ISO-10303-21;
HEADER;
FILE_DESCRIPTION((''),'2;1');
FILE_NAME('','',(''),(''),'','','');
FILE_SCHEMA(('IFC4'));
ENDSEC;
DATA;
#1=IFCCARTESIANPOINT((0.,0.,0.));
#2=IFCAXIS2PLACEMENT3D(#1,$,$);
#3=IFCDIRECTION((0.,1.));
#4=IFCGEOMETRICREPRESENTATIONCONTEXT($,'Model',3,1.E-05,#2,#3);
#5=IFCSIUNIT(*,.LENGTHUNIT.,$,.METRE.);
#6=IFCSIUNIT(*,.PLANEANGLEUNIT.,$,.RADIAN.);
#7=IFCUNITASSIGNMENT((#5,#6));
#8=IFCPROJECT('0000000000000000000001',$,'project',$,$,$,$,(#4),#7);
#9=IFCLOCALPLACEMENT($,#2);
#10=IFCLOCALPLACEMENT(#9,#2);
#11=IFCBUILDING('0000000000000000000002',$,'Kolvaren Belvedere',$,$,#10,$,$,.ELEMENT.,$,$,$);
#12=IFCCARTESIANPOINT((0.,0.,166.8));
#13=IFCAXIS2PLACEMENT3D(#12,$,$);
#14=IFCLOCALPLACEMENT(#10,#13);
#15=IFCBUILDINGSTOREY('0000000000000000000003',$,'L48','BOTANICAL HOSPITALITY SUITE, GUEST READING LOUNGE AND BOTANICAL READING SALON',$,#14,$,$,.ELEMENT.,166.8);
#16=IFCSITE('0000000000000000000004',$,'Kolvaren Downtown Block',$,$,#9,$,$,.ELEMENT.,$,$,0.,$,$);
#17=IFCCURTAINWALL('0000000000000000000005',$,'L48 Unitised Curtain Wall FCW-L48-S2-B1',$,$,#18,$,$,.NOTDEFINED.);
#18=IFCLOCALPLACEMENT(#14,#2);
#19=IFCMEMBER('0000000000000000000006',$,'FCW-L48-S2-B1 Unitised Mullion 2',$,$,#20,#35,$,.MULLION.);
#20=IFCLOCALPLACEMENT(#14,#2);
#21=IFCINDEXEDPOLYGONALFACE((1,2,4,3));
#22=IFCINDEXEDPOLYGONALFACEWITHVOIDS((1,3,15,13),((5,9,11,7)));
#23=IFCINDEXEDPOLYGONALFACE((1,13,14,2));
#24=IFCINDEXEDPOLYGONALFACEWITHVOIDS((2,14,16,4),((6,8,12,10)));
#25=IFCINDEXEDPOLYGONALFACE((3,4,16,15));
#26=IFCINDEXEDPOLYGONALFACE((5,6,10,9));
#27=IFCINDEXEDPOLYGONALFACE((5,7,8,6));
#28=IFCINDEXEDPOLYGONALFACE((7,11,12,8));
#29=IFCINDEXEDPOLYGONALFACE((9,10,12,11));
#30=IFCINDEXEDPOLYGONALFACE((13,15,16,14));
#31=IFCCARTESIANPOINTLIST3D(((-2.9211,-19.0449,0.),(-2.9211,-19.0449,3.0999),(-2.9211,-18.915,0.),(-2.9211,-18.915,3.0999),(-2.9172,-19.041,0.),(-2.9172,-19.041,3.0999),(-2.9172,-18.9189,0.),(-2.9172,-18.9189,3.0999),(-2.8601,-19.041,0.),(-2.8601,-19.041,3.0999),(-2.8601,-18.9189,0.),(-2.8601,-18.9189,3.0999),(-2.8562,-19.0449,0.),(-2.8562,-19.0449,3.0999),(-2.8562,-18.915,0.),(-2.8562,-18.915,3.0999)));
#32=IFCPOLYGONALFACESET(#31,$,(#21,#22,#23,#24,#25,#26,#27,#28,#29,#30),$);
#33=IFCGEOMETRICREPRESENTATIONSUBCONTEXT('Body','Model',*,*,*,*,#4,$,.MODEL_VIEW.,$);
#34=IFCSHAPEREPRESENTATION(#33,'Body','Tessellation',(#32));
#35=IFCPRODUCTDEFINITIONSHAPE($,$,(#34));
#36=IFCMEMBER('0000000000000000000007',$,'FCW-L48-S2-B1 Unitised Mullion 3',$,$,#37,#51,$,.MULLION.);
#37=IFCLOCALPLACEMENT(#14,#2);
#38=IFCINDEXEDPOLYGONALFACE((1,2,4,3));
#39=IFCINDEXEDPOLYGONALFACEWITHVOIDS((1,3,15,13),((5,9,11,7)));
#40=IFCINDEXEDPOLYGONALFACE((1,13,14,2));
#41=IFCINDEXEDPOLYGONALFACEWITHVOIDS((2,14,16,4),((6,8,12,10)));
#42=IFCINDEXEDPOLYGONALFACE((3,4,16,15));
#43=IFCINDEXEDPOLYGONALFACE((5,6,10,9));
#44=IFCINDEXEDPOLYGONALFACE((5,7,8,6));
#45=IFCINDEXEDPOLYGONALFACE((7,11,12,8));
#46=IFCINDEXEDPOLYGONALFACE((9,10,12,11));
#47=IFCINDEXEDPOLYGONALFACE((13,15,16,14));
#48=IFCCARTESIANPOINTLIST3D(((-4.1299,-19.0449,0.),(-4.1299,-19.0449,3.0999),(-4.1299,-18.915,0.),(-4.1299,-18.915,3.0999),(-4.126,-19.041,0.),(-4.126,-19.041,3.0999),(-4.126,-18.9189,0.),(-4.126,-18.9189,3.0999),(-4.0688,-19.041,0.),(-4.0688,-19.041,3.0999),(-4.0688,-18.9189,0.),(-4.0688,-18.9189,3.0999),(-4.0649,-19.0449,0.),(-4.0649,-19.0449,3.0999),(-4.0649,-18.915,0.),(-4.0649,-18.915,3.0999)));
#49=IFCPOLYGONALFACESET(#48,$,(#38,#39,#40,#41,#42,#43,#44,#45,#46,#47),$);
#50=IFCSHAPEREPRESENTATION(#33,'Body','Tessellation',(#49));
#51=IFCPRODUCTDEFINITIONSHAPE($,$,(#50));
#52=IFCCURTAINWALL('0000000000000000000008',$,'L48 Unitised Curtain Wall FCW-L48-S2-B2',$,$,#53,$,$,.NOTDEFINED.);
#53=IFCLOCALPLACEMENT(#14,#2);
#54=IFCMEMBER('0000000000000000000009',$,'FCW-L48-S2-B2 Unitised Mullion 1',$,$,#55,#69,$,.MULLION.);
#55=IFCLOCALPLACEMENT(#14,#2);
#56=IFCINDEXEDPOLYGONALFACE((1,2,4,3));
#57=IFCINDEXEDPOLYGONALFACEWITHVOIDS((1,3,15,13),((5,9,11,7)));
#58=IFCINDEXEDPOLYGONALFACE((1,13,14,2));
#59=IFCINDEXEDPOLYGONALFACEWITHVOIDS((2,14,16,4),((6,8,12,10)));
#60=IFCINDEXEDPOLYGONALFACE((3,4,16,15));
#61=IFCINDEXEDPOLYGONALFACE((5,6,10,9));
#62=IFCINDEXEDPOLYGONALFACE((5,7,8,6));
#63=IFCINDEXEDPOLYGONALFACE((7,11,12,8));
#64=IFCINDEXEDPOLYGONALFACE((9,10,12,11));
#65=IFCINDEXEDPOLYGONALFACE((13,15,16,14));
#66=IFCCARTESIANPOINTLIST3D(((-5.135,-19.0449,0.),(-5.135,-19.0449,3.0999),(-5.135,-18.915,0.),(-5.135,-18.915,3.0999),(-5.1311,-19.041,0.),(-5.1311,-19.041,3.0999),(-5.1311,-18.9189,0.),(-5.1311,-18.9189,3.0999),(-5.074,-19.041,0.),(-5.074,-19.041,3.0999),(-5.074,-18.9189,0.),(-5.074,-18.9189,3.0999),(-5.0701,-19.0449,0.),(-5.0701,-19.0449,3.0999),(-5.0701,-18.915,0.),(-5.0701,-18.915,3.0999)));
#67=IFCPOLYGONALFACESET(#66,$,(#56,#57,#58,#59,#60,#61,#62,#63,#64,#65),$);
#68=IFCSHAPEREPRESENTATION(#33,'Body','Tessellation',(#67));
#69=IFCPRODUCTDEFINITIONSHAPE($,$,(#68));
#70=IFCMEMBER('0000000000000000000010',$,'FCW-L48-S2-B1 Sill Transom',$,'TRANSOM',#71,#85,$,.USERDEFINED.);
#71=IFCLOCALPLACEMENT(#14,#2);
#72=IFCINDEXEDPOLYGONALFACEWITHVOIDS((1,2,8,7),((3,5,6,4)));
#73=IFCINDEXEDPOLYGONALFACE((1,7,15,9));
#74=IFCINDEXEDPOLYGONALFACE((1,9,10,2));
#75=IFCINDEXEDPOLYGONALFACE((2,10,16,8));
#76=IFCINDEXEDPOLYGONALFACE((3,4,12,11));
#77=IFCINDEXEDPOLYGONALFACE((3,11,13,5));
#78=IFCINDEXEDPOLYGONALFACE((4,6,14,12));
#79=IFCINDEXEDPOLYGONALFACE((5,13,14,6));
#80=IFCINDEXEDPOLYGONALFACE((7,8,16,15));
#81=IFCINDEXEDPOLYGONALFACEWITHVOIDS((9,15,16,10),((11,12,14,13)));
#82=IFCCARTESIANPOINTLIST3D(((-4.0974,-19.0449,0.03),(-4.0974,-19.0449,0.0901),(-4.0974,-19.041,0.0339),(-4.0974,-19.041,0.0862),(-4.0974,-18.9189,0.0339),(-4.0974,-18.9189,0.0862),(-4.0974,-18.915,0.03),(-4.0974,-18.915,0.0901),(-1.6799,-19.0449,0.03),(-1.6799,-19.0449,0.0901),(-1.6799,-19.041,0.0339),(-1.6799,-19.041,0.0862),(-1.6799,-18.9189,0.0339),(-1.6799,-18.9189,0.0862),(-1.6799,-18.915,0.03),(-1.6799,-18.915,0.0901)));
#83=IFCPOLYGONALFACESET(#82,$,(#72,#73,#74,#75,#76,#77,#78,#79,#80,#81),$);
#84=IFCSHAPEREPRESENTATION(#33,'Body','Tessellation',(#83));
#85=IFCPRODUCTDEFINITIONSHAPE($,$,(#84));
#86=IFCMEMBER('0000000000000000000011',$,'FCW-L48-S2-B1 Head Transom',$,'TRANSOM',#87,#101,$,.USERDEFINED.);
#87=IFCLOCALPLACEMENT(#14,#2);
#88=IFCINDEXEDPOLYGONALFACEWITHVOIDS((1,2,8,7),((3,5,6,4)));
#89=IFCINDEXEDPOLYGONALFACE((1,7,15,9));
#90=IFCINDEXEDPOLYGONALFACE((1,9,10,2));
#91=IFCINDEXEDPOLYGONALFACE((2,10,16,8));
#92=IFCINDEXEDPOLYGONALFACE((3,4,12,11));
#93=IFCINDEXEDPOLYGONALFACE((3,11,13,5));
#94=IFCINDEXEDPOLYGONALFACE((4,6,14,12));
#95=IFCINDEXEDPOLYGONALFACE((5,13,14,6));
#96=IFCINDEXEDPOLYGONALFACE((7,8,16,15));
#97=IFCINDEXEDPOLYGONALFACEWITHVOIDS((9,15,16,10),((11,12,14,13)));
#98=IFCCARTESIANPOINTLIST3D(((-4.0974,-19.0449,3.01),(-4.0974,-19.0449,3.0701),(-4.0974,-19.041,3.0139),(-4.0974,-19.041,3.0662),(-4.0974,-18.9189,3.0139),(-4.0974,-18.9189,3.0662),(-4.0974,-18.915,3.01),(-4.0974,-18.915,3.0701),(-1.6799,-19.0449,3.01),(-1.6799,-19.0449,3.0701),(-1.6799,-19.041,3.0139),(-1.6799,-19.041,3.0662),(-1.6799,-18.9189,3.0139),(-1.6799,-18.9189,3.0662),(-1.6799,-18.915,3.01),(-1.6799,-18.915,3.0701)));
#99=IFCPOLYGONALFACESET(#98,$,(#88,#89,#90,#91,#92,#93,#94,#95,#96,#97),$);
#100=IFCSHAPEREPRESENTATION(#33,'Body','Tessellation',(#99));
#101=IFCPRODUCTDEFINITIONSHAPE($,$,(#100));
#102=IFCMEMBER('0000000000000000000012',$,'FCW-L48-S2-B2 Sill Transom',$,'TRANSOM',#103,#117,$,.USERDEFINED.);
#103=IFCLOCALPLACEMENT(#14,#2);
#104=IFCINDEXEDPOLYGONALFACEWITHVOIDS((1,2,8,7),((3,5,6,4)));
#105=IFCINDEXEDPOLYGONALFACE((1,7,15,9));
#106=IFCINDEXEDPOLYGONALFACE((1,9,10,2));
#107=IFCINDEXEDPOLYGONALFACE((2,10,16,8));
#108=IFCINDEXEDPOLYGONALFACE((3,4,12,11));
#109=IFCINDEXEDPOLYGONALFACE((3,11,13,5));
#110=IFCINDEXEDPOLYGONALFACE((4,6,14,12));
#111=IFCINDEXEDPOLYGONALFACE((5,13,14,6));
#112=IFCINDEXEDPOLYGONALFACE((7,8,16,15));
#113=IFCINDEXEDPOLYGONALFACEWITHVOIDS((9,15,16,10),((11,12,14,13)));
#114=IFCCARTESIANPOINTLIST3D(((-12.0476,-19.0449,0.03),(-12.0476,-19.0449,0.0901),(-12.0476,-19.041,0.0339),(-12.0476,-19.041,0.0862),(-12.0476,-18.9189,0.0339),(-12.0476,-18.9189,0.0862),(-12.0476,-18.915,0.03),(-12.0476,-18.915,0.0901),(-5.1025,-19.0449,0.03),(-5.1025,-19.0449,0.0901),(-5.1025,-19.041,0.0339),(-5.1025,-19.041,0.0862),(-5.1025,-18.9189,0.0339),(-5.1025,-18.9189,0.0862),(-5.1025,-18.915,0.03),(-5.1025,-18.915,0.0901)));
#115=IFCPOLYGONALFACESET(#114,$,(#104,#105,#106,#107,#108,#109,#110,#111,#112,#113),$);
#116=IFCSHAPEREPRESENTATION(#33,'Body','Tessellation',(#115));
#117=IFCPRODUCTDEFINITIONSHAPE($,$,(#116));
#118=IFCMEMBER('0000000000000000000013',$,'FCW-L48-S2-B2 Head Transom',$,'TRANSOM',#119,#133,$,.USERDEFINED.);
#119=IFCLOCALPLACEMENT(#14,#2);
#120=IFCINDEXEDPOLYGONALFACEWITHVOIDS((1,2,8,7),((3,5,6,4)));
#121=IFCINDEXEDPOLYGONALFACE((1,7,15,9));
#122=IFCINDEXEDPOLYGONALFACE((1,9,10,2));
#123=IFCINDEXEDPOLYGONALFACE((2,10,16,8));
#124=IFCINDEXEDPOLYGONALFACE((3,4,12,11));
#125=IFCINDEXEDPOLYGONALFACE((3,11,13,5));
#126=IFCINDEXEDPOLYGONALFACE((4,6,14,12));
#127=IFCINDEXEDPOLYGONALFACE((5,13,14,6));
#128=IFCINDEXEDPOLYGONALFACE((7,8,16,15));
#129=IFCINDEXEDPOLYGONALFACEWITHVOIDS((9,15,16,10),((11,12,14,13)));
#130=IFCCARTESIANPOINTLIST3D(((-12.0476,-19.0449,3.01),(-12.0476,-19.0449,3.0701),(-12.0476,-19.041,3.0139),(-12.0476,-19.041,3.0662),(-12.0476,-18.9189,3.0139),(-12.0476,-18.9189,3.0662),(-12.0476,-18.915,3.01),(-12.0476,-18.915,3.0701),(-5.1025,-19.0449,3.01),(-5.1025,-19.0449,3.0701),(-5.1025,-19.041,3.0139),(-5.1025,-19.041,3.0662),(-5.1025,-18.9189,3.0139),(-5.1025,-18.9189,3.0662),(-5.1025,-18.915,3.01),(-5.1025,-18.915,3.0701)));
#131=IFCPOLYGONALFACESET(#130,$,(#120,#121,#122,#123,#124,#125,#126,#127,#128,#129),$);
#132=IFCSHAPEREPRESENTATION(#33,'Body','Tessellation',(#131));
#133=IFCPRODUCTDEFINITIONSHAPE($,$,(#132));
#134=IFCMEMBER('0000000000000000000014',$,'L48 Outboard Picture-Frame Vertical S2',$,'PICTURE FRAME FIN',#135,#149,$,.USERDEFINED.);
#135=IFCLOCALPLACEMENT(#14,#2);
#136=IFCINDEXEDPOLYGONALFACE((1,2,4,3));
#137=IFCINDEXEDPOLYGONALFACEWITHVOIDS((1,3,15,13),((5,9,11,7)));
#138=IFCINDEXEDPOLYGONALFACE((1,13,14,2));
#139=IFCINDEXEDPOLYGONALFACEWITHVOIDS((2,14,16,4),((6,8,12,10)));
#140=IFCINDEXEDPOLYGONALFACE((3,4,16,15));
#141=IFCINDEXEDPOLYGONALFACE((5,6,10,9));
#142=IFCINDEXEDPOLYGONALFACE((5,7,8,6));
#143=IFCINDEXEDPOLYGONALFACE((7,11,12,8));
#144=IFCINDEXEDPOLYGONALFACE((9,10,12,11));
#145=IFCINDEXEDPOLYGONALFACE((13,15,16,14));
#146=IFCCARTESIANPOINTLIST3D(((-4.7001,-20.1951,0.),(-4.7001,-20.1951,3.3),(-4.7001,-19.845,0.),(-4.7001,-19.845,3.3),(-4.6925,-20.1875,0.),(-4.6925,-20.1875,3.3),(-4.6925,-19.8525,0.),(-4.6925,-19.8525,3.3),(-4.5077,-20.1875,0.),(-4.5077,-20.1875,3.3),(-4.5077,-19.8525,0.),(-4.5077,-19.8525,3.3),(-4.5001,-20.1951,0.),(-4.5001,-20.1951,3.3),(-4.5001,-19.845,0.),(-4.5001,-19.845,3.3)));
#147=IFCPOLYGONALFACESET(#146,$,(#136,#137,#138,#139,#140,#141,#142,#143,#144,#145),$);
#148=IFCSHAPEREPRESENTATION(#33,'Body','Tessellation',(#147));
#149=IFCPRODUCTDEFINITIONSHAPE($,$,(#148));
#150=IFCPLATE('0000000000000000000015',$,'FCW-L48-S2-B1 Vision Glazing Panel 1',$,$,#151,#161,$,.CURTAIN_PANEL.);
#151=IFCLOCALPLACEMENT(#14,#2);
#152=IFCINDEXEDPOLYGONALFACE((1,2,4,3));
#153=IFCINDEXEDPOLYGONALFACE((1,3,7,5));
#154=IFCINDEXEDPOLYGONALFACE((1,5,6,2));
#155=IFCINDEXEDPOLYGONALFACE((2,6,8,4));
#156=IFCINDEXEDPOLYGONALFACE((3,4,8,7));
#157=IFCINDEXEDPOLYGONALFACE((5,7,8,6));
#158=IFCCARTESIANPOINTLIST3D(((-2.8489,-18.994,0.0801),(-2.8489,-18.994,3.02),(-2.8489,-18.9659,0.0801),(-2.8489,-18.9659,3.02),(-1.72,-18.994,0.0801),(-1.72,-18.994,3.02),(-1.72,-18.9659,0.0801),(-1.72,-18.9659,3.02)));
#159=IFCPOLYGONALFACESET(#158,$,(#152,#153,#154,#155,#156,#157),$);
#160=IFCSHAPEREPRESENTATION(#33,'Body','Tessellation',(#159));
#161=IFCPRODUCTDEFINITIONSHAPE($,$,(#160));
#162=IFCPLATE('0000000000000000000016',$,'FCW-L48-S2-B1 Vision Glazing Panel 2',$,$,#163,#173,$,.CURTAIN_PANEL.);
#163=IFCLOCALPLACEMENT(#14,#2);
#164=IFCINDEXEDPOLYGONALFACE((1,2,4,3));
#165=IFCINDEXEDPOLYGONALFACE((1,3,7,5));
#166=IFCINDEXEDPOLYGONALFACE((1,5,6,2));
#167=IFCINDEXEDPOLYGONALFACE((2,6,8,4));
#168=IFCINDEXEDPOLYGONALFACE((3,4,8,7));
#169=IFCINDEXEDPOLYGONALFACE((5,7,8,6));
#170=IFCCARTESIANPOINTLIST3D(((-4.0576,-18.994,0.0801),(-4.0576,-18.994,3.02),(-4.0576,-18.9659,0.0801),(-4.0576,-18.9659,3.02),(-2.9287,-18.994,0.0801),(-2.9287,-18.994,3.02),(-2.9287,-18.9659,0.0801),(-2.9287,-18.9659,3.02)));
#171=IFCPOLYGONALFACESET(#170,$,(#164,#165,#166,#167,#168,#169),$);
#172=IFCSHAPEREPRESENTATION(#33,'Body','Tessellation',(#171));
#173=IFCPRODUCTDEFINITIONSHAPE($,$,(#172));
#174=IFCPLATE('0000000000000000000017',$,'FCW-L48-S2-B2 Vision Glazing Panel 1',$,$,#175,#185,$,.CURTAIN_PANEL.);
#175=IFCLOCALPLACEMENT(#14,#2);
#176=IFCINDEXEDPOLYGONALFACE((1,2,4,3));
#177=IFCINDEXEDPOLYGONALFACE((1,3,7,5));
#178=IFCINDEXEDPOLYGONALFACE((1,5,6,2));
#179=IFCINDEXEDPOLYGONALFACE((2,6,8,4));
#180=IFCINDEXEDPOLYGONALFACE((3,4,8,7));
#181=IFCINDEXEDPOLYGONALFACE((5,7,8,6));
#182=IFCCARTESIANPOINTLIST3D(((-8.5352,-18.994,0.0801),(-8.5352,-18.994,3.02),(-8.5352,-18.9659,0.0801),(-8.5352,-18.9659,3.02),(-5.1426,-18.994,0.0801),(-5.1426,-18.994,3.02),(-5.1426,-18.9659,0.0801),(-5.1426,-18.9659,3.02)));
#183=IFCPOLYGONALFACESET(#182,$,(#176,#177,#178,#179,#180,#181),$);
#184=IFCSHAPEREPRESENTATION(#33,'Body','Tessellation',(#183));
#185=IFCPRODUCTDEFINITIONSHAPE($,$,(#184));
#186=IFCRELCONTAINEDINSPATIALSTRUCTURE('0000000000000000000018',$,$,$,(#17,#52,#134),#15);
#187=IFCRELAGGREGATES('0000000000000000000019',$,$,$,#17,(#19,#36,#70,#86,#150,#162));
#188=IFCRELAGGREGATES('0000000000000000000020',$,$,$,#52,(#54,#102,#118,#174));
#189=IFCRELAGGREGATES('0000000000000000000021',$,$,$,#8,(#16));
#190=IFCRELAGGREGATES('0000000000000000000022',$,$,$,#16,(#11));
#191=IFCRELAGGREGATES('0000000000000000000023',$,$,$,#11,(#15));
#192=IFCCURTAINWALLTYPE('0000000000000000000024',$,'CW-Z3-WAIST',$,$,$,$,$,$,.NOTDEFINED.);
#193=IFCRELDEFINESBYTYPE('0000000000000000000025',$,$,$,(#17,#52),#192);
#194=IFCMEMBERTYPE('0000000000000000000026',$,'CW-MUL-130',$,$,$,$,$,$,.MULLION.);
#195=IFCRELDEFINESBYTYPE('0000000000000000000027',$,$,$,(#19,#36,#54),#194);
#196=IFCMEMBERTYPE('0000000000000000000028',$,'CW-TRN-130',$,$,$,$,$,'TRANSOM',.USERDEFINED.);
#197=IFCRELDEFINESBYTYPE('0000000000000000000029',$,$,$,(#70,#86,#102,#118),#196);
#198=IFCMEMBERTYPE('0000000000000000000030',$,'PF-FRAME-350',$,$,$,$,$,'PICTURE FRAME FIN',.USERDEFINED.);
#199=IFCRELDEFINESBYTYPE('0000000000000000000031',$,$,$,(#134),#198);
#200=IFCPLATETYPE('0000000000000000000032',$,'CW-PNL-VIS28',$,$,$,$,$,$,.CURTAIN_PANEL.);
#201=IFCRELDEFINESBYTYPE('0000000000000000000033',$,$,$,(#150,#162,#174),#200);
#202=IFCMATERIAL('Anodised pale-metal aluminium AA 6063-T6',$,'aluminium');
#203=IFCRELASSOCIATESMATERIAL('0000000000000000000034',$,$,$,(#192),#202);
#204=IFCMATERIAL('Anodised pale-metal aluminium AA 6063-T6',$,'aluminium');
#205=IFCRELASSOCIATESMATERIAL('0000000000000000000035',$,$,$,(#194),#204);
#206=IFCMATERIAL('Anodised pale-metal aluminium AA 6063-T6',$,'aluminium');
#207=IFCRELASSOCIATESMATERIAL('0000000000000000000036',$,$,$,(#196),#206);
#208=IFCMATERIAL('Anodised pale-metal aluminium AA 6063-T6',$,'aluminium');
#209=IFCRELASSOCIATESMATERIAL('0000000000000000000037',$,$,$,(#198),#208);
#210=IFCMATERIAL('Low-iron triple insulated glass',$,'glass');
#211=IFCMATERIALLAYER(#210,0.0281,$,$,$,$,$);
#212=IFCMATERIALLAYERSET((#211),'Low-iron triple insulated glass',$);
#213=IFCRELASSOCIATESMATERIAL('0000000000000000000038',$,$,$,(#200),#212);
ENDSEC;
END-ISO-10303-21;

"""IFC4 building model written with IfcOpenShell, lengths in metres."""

from ifc_helpers import new_model, si_unit, direction, frame, origin, origin_2d, place, context, subcontext, project, spatial, rectangle, hollow_rectangle, extrude, material, layer, layer_set, material_profile, profile_set, type_object, element, aggregate, save


model = new_model("IFC4")

# Units and contexts
model_context = context("Model", 3, precision=1e-05, world=origin(), true_north=direction((0.0, 1.0)))
body_context = subcontext(model_context, "Body", "Model", "MODEL_VIEW")
ifc_project = project(units=[si_unit("LENGTHUNIT", "METRE"), si_unit("PLANEANGLEUNIT", "RADIAN")], contexts=[model_context])

# Site, building, storey
site_placement = place(None, origin())
site = spatial("IfcSite", under=ifc_project, at=site_placement, Name="Kolvaren Downtown Block", CompositionType="ELEMENT", RefElevation=0.0)
building_placement = place(site_placement, origin())
building = spatial("IfcBuilding", under=site, at=building_placement, Name="Kolvaren Belvedere", CompositionType="ELEMENT")
storey_placement = place(building_placement, frame((0.0, 0.0, 166.8)))
storey = spatial("IfcBuildingStorey", under=building, at=storey_placement, Name="L48", Description="BOTANICAL HOSPITALITY SUITE, GUEST READING LOUNGE AND BOTANICAL READING SALON", CompositionType="ELEMENT", Elevation=166.8)

# Curtain wall, members
ifc_material_1 = material(Name="Anodised pale-metal aluminium AA 6063-T6", Category="aluminium")
curtain_wall_type = type_object("IfcCurtainWallType", Name="CW-Z3-WAIST", PredefinedType="NOTDEFINED", material=ifc_material_1)
curtain_wall_1_placement = place(storey_placement, origin())
curtain_wall_1 = element("IfcCurtainWall", 1, at=curtain_wall_1_placement, inside=storey, type_object=curtain_wall_type, Name="L48 Unitised Curtain Wall FCW-L48-S2-B1", PredefinedType="NOTDEFINED")
ifc_material_2 = material(Name="Anodised pale-metal aluminium AA 6063-T6", Category="aluminium")
ifc_material_profile_1 = material_profile(ifc_material_2, hollow_rectangle(XDim=0.0649, YDim=0.1299, WallThickness=0.0039, at=origin_2d()), Name="ALU-MUL-130X65")
ifc_profile_set_1 = profile_set([ifc_material_profile_1], Name="Anodised pale-metal aluminium AA 6063-T6")
member_type_1 = type_object("IfcMemberType", Name="CW-MUL-130", PredefinedType="MULLION", material=ifc_profile_set_1)
member_1_placement = place(storey_placement, frame((-2.8887, -18.98, 0.0), z_axis=(0.0, 0.0, 1.0), x_axis=(1.0, 0.0, 0.0)))
member_1 = element("IfcMember", 2, at=member_1_placement, type_object=member_type_1, Name="FCW-L48-S2-B1 Unitised Mullion 2", PredefinedType="MULLION", context=body_context, shape_type="SweptSolid", body=[
    extrude(hollow_rectangle(XDim=0.0649, YDim=0.1299, WallThickness=0.0039, at=origin_2d()), origin(), (0.0, 0.0, 1.0), 3.0999),
])
member_2_placement = place(storey_placement, frame((-4.0974, -18.98, 0.0), z_axis=(0.0, 0.0, 1.0), x_axis=(1.0, 0.0, 0.0)))
member_2 = element("IfcMember", 3, at=member_2_placement, type_object=member_type_1, Name="FCW-L48-S2-B1 Unitised Mullion 3", PredefinedType="MULLION", context=body_context, shape_type="SweptSolid", body=[
    extrude(hollow_rectangle(XDim=0.0649, YDim=0.1299, WallThickness=0.0039, at=origin_2d()), origin(), (0.0, 0.0, 1.0), 3.0999),
])

# Curtain wall, member
curtain_wall_2_placement = place(storey_placement, origin())
curtain_wall_2 = element("IfcCurtainWall", 4, at=curtain_wall_2_placement, inside=storey, type_object=curtain_wall_type, Name="L48 Unitised Curtain Wall FCW-L48-S2-B2", PredefinedType="NOTDEFINED")
member_3_placement = place(storey_placement, frame((-5.1025, -18.98, 0.0), z_axis=(0.0, 0.0, 1.0), x_axis=(1.0, 0.0, 0.0)))
member_3 = element("IfcMember", 5, at=member_3_placement, type_object=member_type_1, Name="FCW-L48-S2-B2 Unitised Mullion 1", PredefinedType="MULLION", context=body_context, shape_type="SweptSolid", body=[
    extrude(hollow_rectangle(XDim=0.0649, YDim=0.1299, WallThickness=0.0039, at=origin_2d()), origin(), (0.0, 0.0, 1.0), 3.0999),
])

# Members
ifc_material_3 = material(Name="Anodised pale-metal aluminium AA 6063-T6", Category="aluminium")
ifc_material_profile_2 = material_profile(ifc_material_3, hollow_rectangle(XDim=0.0601, YDim=0.1299, WallThickness=0.0039, at=origin_2d()), Name="ALU-TRN-130X60")
ifc_profile_set_2 = profile_set([ifc_material_profile_2], Name="Anodised pale-metal aluminium AA 6063-T6")
member_type_2 = type_object("IfcMemberType", Name="CW-TRN-130", ElementType="TRANSOM", PredefinedType="USERDEFINED", material=ifc_profile_set_2)
member_4_placement = place(storey_placement, frame((-1.6799, -18.98, 0.0601), z_axis=(-1.0, 0.0, 0.0), x_axis=(0.0, 0.0, 1.0)))
member_4 = element("IfcMember", 6, at=member_4_placement, type_object=member_type_2, Name="FCW-L48-S2-B1 Sill Transom", ObjectType="TRANSOM", PredefinedType="USERDEFINED", context=body_context, shape_type="SweptSolid", body=[
    extrude(hollow_rectangle(XDim=0.0601, YDim=0.1299, WallThickness=0.0039, at=origin_2d()), origin(), (0.0, 0.0, 1.0), 2.4175),
])
member_5_placement = place(storey_placement, frame((-1.6799, -18.98, 3.04), z_axis=(-1.0, 0.0, 0.0), x_axis=(0.0, 0.0, 1.0)))
member_5 = element("IfcMember", 7, at=member_5_placement, type_object=member_type_2, Name="FCW-L48-S2-B1 Head Transom", ObjectType="TRANSOM", PredefinedType="USERDEFINED", context=body_context, shape_type="SweptSolid", body=[
    extrude(hollow_rectangle(XDim=0.0601, YDim=0.1299, WallThickness=0.0039, at=origin_2d()), origin(), (0.0, 0.0, 1.0), 2.4175),
])
member_6_placement = place(storey_placement, frame((-5.1025, -18.98, 0.0601), z_axis=(-1.0, 0.0, 0.0), x_axis=(0.0, 0.0, 1.0)))
member_6 = element("IfcMember", 8, at=member_6_placement, type_object=member_type_2, Name="FCW-L48-S2-B2 Sill Transom", ObjectType="TRANSOM", PredefinedType="USERDEFINED", context=body_context, shape_type="SweptSolid", body=[
    extrude(hollow_rectangle(XDim=0.0601, YDim=0.1299, WallThickness=0.0039, at=origin_2d()), origin(), (0.0, 0.0, 1.0), 6.9451),
])
member_7_placement = place(storey_placement, frame((-5.1025, -18.98, 3.04), z_axis=(-1.0, 0.0, 0.0), x_axis=(0.0, 0.0, 1.0)))
member_7 = element("IfcMember", 9, at=member_7_placement, type_object=member_type_2, Name="FCW-L48-S2-B2 Head Transom", ObjectType="TRANSOM", PredefinedType="USERDEFINED", context=body_context, shape_type="SweptSolid", body=[
    extrude(hollow_rectangle(XDim=0.0601, YDim=0.1299, WallThickness=0.0039, at=origin_2d()), origin(), (0.0, 0.0, 1.0), 6.9451),
])
ifc_material_4 = material(Name="Anodised pale-metal aluminium AA 6063-T6", Category="aluminium")
ifc_material_profile_3 = material_profile(ifc_material_4, hollow_rectangle(XDim=0.2, YDim=0.3501, WallThickness=0.0076, at=origin_2d()), Name="ALU-PF-350X200")
ifc_profile_set_3 = profile_set([ifc_material_profile_3], Name="Anodised pale-metal aluminium AA 6063-T6")
member_type_3 = type_object("IfcMemberType", Name="PF-FRAME-350", ElementType="PICTURE FRAME FIN", PredefinedType="USERDEFINED", material=ifc_profile_set_3)
member_8_placement = place(storey_placement, frame((-4.6001, -20.02, 0.0), z_axis=(0.0, 0.0, 1.0), x_axis=(1.0, 0.0, 0.0)))
element("IfcMember", 10, at=member_8_placement, inside=storey, type_object=member_type_3, Name="L48 Outboard Picture-Frame Vertical S2", ObjectType="PICTURE FRAME FIN", PredefinedType="USERDEFINED", context=body_context, shape_type="SweptSolid", body=[
    extrude(hollow_rectangle(XDim=0.2, YDim=0.3501, WallThickness=0.0076, at=origin_2d()), origin(), (0.0, 0.0, 1.0), 3.3),
])

# Plates
ifc_material_5 = material(Name="Low-iron triple insulated glass", Category="glass")
ifc_layer_1 = layer(ifc_material_5, 0.0281)
ifc_layer_set_1 = layer_set([ifc_layer_1], Name="Low-iron triple insulated glass")
plate_type_1 = type_object("IfcPlateType", Name="CW-PNL-VIS28", PredefinedType="CURTAIN_PANEL", material=ifc_layer_set_1)
plate_1_placement = place(storey_placement, frame((-2.2844, -18.98, 0.0801), z_axis=(0.0, 0.0, 1.0), x_axis=(-1.0, 0.0, 0.0)))
plate_1 = element("IfcPlate", 11, at=plate_1_placement, type_object=plate_type_1, Name="FCW-L48-S2-B1 Vision Glazing Panel 1", PredefinedType="CURTAIN_PANEL", context=body_context, shape_type="SweptSolid", body=[
    extrude(rectangle(XDim=1.1289, YDim=0.0281, at=origin_2d()), origin(), (0.0, 0.0, 1.0), 2.9399),
])
plate_2_placement = place(storey_placement, frame((-3.4932, -18.98, 0.0801), z_axis=(0.0, 0.0, 1.0), x_axis=(-1.0, 0.0, 0.0)))
plate_2 = element("IfcPlate", 12, at=plate_2_placement, type_object=plate_type_1, Name="FCW-L48-S2-B1 Vision Glazing Panel 2", PredefinedType="CURTAIN_PANEL", context=body_context, shape_type="SweptSolid", body=[
    extrude(rectangle(XDim=1.1289, YDim=0.0281, at=origin_2d()), origin(), (0.0, 0.0, 1.0), 2.9399),
])
aggregate(curtain_wall_1, [member_1, member_2, member_4, member_5, plate_1, plate_2])
plate_3_placement = place(storey_placement, frame((-6.8389, -18.98, 0.0801), z_axis=(0.0, 0.0, 1.0), x_axis=(-1.0, 0.0, 0.0)))
plate_3 = element("IfcPlate", 13, at=plate_3_placement, type_object=plate_type_1, Name="FCW-L48-S2-B2 Vision Glazing Panel 1", PredefinedType="CURTAIN_PANEL", context=body_context, shape_type="SweptSolid", body=[
    extrude(rectangle(XDim=3.3926, YDim=0.0281, at=origin_2d()), origin(), (0.0, 0.0, 1.0), 2.9399),
])
aggregate(curtain_wall_2, [member_3, member_6, member_7, plate_3])

save(model, "model.ifc")
